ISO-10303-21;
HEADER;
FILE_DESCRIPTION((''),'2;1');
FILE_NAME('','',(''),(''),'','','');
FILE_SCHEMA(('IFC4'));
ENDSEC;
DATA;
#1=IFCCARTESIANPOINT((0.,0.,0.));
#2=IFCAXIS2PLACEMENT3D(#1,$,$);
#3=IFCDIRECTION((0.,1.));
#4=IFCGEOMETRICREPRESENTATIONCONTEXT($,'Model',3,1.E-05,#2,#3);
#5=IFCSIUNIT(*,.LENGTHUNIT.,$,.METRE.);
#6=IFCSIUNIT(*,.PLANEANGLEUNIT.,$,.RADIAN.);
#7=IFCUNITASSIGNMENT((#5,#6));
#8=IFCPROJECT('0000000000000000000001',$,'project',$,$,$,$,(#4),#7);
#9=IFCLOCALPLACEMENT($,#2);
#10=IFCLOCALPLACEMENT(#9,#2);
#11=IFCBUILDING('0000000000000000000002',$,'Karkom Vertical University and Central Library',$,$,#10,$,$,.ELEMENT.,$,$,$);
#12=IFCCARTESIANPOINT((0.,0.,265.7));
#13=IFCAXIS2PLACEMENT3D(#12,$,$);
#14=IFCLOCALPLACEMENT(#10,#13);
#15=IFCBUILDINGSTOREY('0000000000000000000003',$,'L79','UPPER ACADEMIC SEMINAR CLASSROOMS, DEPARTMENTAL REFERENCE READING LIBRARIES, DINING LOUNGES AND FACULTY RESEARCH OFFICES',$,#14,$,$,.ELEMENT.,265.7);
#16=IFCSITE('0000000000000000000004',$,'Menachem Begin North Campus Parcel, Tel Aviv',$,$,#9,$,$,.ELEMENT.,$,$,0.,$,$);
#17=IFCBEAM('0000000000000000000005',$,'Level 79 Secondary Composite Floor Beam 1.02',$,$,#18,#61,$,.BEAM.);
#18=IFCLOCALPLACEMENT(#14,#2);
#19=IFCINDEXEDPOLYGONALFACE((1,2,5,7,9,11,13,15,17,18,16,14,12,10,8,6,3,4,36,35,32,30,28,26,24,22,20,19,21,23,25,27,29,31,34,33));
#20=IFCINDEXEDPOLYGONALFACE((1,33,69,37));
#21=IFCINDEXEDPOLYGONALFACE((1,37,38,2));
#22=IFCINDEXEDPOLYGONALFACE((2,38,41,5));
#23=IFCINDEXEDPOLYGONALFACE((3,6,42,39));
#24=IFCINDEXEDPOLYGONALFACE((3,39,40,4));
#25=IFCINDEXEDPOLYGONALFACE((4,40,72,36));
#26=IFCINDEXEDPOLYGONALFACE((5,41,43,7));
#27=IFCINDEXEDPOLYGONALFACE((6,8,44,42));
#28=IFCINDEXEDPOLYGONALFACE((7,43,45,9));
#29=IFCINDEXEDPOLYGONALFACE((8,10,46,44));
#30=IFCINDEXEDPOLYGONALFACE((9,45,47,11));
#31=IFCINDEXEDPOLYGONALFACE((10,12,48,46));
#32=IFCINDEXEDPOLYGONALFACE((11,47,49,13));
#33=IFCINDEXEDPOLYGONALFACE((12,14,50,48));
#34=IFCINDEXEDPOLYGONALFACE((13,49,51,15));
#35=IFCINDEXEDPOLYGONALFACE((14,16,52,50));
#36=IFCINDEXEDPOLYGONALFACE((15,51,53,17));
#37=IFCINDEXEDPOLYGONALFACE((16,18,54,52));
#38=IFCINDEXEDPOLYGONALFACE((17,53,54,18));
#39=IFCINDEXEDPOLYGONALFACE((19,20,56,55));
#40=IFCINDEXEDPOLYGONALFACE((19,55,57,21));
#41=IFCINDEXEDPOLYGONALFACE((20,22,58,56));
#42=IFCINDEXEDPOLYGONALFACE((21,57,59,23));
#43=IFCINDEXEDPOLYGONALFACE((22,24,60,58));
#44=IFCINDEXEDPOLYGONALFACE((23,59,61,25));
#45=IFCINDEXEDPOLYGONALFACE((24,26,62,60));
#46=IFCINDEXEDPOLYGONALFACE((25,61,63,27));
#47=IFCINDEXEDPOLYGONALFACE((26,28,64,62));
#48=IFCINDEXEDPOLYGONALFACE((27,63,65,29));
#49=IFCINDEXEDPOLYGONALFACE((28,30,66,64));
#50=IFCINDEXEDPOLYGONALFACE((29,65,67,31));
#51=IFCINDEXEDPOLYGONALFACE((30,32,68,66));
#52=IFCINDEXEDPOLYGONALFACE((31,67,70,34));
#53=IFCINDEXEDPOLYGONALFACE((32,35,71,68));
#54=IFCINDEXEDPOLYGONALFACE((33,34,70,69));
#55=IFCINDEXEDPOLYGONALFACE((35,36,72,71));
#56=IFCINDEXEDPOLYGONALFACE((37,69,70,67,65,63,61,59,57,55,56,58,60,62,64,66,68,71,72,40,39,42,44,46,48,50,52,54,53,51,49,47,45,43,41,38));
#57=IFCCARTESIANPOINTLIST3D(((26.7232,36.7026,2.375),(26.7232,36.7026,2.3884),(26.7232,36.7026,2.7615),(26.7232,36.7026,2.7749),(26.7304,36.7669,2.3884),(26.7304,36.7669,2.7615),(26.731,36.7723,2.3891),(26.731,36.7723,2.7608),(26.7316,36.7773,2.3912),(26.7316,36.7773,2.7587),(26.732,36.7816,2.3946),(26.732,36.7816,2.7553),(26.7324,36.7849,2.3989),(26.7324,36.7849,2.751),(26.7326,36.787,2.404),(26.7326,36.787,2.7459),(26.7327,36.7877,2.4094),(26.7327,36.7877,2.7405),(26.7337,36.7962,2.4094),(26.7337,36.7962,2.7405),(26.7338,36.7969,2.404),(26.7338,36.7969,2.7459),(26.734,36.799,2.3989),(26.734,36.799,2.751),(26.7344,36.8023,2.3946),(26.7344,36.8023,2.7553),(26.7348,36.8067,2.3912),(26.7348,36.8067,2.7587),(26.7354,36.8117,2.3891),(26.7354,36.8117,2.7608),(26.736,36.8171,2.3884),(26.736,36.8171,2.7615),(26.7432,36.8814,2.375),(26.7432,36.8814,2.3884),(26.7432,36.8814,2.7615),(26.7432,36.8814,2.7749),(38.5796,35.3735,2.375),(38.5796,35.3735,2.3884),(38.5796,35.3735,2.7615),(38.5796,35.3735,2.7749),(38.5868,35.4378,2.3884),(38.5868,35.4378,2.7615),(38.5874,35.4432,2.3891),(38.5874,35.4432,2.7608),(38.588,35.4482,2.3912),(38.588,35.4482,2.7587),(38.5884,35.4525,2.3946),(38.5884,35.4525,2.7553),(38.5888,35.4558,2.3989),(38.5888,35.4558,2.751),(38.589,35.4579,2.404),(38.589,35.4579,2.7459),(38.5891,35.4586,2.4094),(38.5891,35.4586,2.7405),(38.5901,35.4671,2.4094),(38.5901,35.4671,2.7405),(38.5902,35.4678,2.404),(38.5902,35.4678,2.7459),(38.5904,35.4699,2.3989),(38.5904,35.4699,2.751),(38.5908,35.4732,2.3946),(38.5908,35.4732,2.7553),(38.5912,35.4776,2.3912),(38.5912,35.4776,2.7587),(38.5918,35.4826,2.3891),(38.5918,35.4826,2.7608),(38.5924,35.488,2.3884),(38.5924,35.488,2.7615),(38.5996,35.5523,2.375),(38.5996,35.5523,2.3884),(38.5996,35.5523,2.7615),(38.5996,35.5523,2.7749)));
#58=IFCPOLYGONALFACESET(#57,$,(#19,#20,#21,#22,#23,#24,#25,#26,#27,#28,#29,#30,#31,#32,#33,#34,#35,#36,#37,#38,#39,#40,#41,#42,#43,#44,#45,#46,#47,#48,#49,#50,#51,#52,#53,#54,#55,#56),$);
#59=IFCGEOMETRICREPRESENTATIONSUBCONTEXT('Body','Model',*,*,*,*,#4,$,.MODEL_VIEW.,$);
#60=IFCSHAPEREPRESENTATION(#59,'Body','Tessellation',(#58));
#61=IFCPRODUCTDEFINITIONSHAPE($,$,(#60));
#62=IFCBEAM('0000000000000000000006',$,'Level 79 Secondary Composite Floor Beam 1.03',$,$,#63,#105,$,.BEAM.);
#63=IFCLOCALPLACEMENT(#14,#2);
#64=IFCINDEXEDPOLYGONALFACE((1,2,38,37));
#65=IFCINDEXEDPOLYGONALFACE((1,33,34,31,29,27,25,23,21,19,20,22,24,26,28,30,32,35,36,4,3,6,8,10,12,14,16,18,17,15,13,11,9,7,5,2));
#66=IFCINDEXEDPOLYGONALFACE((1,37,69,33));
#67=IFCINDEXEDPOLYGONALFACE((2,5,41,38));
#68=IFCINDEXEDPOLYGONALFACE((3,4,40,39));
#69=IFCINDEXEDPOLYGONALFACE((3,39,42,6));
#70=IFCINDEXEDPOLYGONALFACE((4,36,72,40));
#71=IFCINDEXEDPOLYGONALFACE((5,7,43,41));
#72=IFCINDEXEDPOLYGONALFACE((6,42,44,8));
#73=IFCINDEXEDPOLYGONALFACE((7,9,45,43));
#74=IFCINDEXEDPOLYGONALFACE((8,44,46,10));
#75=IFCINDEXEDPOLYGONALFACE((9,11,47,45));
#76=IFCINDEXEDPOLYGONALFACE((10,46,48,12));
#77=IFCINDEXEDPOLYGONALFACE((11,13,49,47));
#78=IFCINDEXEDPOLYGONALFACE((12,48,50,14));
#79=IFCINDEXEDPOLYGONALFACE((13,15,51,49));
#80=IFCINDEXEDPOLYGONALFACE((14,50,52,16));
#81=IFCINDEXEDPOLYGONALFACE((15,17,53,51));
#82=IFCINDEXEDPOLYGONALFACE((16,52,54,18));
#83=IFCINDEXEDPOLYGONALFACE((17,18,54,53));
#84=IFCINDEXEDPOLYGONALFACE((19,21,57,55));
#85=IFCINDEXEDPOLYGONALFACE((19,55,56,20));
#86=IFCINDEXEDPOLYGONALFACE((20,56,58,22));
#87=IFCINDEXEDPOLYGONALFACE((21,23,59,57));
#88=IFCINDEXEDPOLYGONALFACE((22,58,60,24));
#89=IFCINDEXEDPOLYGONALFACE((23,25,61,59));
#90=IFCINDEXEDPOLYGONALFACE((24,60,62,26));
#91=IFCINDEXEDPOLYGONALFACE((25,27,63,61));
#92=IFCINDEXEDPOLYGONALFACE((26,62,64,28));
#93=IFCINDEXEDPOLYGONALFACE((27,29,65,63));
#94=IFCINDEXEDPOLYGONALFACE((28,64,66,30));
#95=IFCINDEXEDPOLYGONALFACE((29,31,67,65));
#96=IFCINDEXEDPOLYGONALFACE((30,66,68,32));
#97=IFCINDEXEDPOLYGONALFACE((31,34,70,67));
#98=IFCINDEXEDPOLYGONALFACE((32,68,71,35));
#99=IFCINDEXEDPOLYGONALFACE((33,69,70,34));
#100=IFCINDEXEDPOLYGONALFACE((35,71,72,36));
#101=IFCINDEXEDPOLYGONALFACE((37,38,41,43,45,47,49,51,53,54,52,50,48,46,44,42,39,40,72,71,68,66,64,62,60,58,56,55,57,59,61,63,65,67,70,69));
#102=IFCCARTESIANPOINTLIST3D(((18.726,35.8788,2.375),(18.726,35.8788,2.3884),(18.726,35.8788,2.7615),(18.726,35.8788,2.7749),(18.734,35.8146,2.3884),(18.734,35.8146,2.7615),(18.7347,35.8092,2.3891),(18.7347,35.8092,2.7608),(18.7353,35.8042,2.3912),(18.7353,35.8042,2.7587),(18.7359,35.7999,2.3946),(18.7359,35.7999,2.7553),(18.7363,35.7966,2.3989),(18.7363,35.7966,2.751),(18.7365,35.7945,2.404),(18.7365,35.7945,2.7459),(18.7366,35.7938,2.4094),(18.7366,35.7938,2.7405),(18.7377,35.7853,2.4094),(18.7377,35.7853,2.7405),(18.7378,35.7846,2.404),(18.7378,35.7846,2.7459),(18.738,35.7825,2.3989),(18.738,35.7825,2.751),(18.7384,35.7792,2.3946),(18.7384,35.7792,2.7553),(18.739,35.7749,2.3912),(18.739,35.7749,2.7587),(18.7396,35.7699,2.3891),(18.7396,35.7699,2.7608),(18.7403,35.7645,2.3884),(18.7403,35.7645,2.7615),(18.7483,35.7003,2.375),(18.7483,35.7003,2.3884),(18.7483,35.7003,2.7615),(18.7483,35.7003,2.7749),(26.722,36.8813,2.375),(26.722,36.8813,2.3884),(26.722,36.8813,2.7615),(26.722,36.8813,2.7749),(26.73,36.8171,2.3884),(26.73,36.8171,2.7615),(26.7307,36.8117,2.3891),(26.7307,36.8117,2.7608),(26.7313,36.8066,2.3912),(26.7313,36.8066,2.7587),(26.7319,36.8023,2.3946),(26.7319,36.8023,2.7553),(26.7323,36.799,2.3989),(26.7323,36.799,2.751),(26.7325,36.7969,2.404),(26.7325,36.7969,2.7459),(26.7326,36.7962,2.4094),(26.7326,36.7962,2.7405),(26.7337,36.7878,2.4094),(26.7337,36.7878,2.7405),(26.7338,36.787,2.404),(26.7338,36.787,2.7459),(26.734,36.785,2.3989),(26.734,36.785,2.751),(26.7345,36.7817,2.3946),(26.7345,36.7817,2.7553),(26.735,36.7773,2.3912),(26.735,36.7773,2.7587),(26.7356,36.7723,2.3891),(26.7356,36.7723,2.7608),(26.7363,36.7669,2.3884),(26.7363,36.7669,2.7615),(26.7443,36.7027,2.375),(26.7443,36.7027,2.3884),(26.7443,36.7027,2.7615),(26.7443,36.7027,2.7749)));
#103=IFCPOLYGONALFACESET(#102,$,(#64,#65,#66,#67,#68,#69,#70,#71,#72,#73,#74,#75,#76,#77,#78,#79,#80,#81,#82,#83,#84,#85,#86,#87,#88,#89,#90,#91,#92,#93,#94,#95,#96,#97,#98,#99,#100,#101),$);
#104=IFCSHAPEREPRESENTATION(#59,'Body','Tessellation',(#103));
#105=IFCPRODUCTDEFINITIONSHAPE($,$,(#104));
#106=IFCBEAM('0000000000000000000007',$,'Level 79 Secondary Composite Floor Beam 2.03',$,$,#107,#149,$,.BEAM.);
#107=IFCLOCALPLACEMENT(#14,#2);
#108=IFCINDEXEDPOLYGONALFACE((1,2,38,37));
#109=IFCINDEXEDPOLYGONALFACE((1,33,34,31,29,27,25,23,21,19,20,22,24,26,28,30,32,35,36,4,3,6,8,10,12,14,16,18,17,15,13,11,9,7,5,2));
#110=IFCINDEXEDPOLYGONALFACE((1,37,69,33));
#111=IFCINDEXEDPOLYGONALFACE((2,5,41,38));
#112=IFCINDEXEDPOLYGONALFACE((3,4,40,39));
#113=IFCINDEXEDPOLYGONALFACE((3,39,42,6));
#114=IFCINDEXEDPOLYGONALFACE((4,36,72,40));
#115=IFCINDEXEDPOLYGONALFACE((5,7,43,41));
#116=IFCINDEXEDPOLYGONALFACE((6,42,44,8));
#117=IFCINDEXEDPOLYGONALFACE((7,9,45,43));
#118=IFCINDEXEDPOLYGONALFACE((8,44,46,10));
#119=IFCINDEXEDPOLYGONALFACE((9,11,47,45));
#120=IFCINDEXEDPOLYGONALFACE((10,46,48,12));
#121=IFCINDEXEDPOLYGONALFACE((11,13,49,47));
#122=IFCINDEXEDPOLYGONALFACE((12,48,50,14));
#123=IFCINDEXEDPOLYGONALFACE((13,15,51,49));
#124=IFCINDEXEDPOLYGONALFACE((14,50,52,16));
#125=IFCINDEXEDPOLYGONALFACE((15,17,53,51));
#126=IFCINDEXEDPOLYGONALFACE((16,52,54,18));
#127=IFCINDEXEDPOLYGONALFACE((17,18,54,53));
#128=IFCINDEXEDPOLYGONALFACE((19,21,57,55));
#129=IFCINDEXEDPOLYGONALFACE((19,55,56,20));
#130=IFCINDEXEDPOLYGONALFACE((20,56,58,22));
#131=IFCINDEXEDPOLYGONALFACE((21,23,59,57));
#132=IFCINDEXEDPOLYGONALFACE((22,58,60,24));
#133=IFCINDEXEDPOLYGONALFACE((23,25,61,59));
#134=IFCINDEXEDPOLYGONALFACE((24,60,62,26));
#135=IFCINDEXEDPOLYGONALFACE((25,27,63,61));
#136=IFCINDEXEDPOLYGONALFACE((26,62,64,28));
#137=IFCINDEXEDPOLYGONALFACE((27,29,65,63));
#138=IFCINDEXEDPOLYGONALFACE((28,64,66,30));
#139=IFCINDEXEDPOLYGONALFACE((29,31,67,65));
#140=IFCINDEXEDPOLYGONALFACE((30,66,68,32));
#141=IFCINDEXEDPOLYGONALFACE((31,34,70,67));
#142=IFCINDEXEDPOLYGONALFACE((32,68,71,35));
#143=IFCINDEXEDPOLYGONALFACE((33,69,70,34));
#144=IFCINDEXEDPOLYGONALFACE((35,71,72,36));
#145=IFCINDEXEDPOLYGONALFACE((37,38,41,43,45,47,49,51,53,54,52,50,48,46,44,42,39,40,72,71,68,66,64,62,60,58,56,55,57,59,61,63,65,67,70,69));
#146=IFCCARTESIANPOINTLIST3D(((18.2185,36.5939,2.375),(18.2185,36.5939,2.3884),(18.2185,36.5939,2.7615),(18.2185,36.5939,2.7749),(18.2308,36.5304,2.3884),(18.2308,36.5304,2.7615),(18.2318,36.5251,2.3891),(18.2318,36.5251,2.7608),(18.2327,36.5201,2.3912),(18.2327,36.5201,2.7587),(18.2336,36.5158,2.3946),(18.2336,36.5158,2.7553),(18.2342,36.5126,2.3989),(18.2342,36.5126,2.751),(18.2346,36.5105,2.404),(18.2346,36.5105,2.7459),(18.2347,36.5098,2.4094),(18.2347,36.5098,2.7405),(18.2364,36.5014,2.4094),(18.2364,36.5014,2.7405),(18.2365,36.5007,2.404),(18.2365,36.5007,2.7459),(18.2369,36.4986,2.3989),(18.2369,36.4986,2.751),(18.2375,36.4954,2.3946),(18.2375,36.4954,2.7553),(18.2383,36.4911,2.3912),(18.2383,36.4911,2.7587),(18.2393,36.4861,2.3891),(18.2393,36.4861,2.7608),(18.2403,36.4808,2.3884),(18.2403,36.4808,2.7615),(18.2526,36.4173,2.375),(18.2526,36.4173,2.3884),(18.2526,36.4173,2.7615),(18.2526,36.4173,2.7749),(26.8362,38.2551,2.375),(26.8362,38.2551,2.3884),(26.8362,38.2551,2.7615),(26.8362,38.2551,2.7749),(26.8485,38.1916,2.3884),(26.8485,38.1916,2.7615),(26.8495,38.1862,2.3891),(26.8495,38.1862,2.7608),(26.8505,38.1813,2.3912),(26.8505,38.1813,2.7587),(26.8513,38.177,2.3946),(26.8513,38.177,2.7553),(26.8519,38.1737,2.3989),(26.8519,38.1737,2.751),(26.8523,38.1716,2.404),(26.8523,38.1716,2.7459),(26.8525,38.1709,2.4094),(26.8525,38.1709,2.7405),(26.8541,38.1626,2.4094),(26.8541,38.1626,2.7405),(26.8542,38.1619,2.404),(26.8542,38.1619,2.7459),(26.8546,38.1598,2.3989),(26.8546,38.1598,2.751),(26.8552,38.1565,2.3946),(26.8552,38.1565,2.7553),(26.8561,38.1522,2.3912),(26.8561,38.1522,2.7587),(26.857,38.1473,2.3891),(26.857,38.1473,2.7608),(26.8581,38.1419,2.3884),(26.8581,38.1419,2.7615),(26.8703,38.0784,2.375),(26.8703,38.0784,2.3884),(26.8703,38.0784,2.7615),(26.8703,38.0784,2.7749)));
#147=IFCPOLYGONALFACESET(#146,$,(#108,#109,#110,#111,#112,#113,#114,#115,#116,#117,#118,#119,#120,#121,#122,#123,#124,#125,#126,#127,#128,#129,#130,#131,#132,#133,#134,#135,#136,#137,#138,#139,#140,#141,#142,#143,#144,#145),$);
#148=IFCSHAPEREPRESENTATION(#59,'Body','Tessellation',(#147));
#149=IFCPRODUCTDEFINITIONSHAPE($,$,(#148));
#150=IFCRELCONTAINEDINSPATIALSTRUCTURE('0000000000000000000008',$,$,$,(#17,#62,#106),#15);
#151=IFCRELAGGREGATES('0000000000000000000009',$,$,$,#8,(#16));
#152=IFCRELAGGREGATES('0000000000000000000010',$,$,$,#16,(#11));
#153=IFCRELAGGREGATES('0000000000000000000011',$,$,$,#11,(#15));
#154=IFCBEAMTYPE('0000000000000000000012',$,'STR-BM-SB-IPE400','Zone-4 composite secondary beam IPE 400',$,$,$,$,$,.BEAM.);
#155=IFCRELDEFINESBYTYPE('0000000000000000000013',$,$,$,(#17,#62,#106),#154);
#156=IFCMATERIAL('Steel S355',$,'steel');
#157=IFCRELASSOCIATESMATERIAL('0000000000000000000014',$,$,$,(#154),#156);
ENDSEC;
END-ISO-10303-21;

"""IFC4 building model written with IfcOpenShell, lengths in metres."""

from ifc_helpers import new_model, si_unit, direction, frame, origin, origin_with_axes, origin_2d, place, context, subcontext, project, spatial, i_section, extrude, source, transform, mapped, material, material_profile, profile_set, type_object, element, save


model = new_model("IFC4")

# Units and contexts
model_context = context("Model", 3, precision=1e-05, world=origin(), true_north=direction((0.0, 1.0)))
body_context = subcontext(model_context, "Body", "Model", "MODEL_VIEW")
ifc_project = project(units=[si_unit("LENGTHUNIT", "METRE"), si_unit("PLANEANGLEUNIT", "RADIAN")], contexts=[model_context])

# Site, building, storey
site_placement = place(None, origin())
site = spatial("IfcSite", under=ifc_project, at=site_placement, Name="Menachem Begin North Campus Parcel, Tel Aviv", CompositionType="ELEMENT", RefElevation=0.0)
building_placement = place(site_placement, origin())
building = spatial("IfcBuilding", under=site, at=building_placement, Name="Karkom Vertical University and Central Library", CompositionType="ELEMENT")
storey_placement = place(building_placement, frame((0.0, 0.0, 265.7)))
storey = spatial("IfcBuildingStorey", under=building, at=storey_placement, Name="L79", Description="UPPER ACADEMIC SEMINAR CLASSROOMS, DEPARTMENTAL REFERENCE READING LIBRARIES, DINING LOUNGES AND FACULTY RESEARCH OFFICES", CompositionType="ELEMENT", Elevation=265.7)

# Beams
ifc_material_1 = material(Name="Steel S355", Category="steel")
ifc_material_profile_1 = material_profile(ifc_material_1, i_section(OverallWidth=0.1799, OverallDepth=0.3999, WebThickness=0.0085, FlangeThickness=0.0134, FilletRadius=0.021, at=origin_2d()), Name="IPE 400")
ifc_profile_set_1 = profile_set([ifc_material_profile_1], Name="Steel S355")
beam_type_1 = type_object("IfcBeamType", Name="STR-BM-SB-IPE400", Description="Zone-4 composite secondary beam IPE 400", PredefinedType="BEAM", material=ifc_profile_set_1)
shared_shape_1 = source(origin_with_axes(), body_context, "Body", "SweptSolid", [
    extrude(i_section(OverallWidth=0.1799, OverallDepth=0.3999, WebThickness=0.0085, FlangeThickness=0.0134, FilletRadius=0.021, at=origin_2d()), origin(), (0.0, 0.0, 1.0), 11.9307),
])
beam_1_placement = place(storey_placement, frame((38.5896, 35.4629, 2.575), z_axis=(-0.993775, 0.111402, 0.0), x_axis=(-0.111402, -0.993775, 0.0)))
element("IfcBeam", 1, at=beam_1_placement, inside=storey, type_object=beam_type_1, Name="Level 79 Secondary Composite Floor Beam 1.02", PredefinedType="BEAM", context=body_context, shape_type="MappedRepresentation", body=[
    mapped(shared_shape_1, transform((0.0, 0.0, 0.0), scale=1.0)),
])
shared_shape_2 = source(origin_with_axes(), body_context, "Body", "SweptSolid", [
    extrude(i_section(OverallWidth=0.1799, OverallDepth=0.3999, WebThickness=0.0085, FlangeThickness=0.0134, FilletRadius=0.021, at=origin_2d()), origin(), (0.0, 0.0, 1.0), 8.0586),
])
beam_2_placement = place(storey_placement, frame((26.7332, 36.792, 2.575), z_axis=(-0.992233, -0.124393, 0.0), x_axis=(0.124393, -0.992233, 0.0)))
element("IfcBeam", 2, at=beam_2_placement, inside=storey, type_object=beam_type_1, Name="Level 79 Secondary Composite Floor Beam 1.03", PredefinedType="BEAM", context=body_context, shape_type="MappedRepresentation", body=[
    mapped(shared_shape_2, transform((0.0, 0.0, 0.0), scale=1.0)),
])
shared_shape_3 = source(origin_with_axes(), body_context, "Body", "SweptSolid", [
    extrude(i_section(OverallWidth=0.1799, OverallDepth=0.3999, WebThickness=0.0085, FlangeThickness=0.0134, FilletRadius=0.021, at=origin_2d()), origin(), (0.0, 0.0, 1.0), 8.7764),
])
beam_3_placement = place(storey_placement, frame((26.8533, 38.1667, 2.575), z_axis=(-0.981924, -0.189275, 0.0), x_axis=(0.189275, -0.981924, 0.0)))
element("IfcBeam", 3, at=beam_3_placement, inside=storey, type_object=beam_type_1, Name="Level 79 Secondary Composite Floor Beam 2.03", PredefinedType="BEAM", context=body_context, shape_type="MappedRepresentation", body=[
    mapped(shared_shape_3, transform((0.0, 0.0, 0.0), scale=1.0)),
])

save(model, "model.ifc")
